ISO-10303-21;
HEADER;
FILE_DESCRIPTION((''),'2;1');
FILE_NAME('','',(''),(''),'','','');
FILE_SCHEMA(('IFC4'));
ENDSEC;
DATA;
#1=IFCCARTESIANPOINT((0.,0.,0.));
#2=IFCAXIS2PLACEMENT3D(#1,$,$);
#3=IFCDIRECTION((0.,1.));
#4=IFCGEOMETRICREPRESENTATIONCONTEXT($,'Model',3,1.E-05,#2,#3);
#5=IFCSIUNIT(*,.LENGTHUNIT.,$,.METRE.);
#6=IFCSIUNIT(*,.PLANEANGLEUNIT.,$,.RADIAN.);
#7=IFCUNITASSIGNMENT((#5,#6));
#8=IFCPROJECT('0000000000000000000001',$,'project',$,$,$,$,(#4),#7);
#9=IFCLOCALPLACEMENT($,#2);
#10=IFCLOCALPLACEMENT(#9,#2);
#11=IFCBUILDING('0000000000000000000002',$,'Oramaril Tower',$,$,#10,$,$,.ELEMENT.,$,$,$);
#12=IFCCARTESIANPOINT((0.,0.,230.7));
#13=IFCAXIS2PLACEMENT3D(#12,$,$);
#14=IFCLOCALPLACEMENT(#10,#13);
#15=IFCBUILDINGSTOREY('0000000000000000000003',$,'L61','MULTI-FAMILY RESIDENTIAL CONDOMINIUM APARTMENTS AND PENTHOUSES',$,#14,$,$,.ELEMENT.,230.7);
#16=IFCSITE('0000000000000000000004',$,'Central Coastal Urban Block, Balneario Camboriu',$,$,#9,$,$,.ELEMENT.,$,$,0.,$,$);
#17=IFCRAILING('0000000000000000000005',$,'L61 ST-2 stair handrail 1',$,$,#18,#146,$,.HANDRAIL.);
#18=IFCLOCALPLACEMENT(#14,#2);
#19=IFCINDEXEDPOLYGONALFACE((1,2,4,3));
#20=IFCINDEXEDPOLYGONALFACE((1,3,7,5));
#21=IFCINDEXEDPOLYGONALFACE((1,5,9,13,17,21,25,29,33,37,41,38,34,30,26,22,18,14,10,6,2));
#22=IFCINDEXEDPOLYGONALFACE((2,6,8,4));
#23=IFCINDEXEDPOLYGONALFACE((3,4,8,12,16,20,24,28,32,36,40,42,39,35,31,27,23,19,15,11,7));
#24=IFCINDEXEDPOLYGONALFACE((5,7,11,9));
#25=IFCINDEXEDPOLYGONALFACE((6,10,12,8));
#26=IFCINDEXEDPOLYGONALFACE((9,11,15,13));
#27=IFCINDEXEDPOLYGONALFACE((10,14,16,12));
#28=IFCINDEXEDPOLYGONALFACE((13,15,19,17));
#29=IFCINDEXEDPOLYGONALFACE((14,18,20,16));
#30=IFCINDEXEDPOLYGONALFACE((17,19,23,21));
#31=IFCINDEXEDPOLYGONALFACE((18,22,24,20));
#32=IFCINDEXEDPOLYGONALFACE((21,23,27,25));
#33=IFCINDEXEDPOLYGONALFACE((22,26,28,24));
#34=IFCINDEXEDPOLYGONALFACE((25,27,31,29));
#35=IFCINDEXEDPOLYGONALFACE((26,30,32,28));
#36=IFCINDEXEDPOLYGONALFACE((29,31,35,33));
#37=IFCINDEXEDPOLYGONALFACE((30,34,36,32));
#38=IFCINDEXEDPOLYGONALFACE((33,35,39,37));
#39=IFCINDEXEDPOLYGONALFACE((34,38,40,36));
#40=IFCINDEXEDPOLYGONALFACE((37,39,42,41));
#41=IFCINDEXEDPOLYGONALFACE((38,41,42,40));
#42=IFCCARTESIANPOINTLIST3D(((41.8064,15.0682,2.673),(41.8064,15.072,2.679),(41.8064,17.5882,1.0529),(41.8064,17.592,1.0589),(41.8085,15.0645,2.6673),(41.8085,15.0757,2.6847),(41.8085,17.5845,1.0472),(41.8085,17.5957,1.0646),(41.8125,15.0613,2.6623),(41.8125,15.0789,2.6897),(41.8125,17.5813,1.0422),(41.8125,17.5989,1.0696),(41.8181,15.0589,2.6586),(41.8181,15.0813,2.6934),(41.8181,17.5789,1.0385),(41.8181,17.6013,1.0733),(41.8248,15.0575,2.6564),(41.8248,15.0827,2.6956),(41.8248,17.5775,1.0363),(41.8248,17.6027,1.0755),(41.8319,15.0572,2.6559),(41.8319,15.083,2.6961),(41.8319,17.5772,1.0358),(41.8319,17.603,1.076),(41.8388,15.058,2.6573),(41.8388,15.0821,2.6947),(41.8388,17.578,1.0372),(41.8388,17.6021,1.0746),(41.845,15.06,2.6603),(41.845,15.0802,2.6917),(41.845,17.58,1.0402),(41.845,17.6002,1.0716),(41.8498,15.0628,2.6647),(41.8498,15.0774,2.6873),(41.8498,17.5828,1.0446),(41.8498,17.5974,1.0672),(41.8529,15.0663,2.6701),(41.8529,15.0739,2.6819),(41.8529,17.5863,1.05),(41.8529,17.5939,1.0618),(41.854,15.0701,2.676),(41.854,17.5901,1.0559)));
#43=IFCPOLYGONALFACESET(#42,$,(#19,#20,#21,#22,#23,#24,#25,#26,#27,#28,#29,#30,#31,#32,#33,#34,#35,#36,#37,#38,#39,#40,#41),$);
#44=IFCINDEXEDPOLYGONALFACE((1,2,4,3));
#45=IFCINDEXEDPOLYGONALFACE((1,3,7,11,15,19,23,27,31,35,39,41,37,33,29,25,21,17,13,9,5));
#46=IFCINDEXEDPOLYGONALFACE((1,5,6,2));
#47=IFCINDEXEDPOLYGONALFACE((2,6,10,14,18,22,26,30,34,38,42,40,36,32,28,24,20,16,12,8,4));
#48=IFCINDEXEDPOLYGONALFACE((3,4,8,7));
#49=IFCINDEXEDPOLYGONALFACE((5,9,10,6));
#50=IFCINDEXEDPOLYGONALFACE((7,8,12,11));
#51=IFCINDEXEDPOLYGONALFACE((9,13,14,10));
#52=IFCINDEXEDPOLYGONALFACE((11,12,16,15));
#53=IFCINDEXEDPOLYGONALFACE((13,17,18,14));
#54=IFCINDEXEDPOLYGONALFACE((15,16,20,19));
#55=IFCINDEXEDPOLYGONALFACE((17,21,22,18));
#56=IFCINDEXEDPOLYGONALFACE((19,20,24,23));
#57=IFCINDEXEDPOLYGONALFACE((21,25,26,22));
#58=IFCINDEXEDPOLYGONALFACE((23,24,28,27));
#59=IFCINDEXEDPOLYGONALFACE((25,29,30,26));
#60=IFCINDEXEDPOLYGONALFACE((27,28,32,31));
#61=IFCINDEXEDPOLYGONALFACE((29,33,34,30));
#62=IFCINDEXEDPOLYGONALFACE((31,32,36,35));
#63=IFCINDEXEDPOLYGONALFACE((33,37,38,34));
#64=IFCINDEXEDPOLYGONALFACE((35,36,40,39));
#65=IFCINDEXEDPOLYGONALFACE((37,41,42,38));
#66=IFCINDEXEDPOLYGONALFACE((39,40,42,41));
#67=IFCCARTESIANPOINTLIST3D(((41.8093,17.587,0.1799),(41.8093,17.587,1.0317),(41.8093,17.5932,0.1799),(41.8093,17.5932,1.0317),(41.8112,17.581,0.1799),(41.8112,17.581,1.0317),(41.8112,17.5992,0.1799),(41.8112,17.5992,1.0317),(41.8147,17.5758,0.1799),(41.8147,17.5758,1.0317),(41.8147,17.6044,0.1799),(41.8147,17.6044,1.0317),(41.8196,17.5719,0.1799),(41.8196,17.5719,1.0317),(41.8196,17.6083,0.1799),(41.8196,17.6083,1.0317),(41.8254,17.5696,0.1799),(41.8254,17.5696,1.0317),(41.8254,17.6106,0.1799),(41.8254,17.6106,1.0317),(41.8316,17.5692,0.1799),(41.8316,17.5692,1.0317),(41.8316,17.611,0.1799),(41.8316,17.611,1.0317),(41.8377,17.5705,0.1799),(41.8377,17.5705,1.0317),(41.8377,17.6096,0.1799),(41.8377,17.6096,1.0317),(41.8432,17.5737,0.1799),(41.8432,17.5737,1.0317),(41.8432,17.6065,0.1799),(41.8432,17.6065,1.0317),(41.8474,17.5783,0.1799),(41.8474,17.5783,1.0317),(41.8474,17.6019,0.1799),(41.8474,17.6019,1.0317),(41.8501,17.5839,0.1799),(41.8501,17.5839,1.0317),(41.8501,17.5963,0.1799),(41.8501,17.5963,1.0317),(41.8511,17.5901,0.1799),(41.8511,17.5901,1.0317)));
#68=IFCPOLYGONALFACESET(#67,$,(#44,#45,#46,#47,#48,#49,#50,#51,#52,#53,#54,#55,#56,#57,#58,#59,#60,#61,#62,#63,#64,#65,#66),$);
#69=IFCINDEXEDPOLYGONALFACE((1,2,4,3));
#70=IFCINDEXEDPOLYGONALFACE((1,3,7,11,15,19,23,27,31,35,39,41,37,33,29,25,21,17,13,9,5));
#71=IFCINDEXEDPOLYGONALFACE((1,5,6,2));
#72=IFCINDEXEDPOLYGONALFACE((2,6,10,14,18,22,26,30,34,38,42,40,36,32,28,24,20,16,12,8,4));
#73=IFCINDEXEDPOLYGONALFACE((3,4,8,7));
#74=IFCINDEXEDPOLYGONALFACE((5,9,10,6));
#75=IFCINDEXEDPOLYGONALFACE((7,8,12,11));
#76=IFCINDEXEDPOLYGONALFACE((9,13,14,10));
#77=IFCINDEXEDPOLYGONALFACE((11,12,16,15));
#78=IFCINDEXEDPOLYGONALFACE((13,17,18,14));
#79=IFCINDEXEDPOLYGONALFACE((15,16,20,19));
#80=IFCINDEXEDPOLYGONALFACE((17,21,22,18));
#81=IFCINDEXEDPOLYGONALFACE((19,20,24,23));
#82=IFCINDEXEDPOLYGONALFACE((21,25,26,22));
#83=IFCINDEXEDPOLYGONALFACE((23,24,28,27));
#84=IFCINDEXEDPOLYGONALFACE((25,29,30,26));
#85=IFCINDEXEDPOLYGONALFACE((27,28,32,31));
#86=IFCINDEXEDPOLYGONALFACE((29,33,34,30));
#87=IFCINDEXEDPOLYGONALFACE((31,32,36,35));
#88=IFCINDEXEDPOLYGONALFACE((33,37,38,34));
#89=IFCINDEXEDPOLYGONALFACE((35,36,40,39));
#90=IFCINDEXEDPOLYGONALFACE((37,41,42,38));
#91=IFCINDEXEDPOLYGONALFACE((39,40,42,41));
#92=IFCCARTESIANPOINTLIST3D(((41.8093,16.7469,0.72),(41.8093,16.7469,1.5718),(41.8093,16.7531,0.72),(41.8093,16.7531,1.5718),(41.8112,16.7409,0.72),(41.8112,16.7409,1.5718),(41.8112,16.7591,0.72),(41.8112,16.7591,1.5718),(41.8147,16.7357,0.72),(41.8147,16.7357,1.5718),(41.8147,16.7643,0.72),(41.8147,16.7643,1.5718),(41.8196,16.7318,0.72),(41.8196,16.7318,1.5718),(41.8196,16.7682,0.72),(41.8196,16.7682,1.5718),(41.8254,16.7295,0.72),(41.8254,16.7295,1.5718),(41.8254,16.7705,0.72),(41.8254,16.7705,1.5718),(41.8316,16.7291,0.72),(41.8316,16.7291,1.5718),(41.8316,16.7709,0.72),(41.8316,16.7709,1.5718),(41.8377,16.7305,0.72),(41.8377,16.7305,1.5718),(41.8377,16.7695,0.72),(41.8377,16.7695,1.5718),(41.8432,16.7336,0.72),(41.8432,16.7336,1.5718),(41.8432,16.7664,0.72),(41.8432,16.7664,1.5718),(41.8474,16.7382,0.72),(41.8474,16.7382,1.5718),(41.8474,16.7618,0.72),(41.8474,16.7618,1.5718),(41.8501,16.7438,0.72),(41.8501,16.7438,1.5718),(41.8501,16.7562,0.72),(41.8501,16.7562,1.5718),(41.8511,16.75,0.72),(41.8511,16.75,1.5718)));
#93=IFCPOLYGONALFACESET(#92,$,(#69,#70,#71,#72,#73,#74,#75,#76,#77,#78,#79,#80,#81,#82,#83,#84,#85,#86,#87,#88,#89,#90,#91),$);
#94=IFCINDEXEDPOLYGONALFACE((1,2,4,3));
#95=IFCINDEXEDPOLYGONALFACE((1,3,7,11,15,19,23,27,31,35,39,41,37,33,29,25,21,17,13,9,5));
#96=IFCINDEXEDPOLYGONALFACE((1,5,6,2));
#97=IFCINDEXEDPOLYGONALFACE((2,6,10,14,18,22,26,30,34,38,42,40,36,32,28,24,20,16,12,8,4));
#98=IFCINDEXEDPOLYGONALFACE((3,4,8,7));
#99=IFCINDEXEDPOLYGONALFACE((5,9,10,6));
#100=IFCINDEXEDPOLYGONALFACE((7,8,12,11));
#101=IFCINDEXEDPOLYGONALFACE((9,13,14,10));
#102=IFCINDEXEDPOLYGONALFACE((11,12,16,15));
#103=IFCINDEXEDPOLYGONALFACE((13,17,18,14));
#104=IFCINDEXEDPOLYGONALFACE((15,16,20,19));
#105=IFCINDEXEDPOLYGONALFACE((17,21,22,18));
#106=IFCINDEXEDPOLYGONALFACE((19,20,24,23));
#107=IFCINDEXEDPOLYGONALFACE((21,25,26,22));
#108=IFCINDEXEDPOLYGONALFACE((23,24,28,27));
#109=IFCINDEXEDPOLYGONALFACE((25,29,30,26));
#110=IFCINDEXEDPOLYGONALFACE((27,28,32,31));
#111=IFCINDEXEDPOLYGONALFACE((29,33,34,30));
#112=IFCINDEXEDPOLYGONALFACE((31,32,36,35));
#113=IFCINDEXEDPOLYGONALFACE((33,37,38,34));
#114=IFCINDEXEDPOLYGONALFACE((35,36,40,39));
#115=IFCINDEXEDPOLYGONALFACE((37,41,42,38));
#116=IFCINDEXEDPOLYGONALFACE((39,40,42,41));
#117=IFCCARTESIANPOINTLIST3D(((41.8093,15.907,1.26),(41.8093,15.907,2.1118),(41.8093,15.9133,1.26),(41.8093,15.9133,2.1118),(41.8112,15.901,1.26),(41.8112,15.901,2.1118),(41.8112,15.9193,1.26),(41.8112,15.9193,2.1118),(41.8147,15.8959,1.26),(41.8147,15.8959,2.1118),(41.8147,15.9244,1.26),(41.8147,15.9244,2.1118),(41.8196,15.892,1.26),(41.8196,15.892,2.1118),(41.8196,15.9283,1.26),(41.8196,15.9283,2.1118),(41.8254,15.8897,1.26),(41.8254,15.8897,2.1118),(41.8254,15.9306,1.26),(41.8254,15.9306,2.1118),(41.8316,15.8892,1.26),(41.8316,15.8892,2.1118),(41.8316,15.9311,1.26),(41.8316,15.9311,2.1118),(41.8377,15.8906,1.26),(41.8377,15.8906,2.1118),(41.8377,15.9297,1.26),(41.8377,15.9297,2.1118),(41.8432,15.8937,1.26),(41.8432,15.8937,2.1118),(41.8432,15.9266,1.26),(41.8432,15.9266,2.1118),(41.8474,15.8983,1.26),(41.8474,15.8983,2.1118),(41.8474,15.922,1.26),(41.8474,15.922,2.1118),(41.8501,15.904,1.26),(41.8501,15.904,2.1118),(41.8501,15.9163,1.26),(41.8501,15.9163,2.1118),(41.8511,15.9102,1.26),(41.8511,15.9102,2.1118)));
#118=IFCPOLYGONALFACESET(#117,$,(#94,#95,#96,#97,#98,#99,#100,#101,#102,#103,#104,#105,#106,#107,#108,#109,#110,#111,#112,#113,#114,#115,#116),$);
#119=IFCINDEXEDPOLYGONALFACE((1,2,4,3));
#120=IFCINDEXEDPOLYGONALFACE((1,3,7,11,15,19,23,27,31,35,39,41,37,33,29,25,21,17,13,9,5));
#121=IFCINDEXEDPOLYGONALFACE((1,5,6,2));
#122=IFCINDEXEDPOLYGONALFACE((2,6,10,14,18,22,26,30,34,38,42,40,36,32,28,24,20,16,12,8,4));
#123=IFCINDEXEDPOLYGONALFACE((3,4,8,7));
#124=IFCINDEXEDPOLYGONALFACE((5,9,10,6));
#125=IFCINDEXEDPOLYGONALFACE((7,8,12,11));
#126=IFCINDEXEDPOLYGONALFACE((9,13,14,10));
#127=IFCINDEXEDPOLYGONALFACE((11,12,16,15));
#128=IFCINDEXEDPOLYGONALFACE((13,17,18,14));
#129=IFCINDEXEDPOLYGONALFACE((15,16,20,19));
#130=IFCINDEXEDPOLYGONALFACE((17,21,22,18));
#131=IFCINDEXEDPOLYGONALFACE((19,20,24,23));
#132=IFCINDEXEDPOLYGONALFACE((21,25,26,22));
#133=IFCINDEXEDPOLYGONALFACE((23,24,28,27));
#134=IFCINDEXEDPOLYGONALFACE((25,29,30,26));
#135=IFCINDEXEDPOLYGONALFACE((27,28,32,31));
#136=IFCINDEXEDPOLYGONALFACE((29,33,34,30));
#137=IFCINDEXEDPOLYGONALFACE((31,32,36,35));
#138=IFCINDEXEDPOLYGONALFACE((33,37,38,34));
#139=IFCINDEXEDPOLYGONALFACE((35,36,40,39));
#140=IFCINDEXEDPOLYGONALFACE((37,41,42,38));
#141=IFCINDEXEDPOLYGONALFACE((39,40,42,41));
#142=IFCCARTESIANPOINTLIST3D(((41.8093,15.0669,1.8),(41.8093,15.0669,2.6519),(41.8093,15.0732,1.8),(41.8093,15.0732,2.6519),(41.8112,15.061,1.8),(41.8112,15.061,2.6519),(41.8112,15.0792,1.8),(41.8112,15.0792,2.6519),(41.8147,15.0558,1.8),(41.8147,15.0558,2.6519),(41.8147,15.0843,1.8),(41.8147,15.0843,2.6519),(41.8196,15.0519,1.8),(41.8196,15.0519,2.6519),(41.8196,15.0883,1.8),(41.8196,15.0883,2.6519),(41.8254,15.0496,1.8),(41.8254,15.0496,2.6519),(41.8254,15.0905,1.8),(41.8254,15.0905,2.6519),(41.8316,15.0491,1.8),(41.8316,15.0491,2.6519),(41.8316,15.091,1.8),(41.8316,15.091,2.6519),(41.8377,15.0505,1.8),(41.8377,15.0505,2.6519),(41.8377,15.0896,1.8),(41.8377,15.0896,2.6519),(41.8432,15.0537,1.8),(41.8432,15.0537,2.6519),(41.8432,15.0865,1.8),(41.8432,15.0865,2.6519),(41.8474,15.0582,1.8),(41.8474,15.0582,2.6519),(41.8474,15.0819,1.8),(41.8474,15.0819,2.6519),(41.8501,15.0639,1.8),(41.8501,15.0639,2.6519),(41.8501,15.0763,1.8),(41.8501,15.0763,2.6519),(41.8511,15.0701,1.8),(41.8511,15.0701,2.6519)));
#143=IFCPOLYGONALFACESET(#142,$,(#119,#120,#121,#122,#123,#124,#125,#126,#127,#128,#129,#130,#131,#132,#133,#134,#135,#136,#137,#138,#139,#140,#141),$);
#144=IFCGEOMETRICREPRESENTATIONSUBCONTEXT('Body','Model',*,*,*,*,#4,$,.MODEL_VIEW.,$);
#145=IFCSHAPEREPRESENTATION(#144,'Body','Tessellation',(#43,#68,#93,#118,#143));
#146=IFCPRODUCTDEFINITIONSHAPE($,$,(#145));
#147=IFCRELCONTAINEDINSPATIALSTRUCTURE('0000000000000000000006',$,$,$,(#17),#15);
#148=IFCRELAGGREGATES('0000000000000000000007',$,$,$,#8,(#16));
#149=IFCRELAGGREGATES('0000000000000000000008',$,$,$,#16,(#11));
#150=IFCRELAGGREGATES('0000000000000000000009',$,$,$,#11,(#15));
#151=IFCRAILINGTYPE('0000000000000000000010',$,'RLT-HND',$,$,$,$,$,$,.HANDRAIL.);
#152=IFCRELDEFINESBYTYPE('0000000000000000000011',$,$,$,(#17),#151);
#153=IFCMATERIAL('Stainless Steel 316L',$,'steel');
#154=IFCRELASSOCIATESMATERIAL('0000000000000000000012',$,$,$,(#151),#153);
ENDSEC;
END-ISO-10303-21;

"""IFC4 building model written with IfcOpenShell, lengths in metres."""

from ifc_helpers import new_model, si_unit, direction, frame, origin, origin_2d, place, context, subcontext, project, spatial, circle, extrude, material, type_object, element, save


model = new_model("IFC4")

# Units and contexts
model_context = context("Model", 3, precision=1e-05, world=origin(), true_north=direction((0.0, 1.0)))
body_context = subcontext(model_context, "Body", "Model", "MODEL_VIEW")
ifc_project = project(units=[si_unit("LENGTHUNIT", "METRE"), si_unit("PLANEANGLEUNIT", "RADIAN")], contexts=[model_context])

# Site, building, storey
site_placement = place(None, origin())
site = spatial("IfcSite", under=ifc_project, at=site_placement, Name="Central Coastal Urban Block, Balneario Camboriu", CompositionType="ELEMENT", RefElevation=0.0)
building_placement = place(site_placement, origin())
building = spatial("IfcBuilding", under=site, at=building_placement, Name="Oramaril Tower", CompositionType="ELEMENT")
storey_placement = place(building_placement, frame((0.0, 0.0, 230.7)))
storey = spatial("IfcBuildingStorey", under=building, at=storey_placement, Name="L61", Description="MULTI-FAMILY RESIDENTIAL CONDOMINIUM APARTMENTS AND PENTHOUSES", CompositionType="ELEMENT", Elevation=230.7)

# Railing
ifc_material_1 = material(Name="Stainless Steel 316L", Category="steel")
railing_type_1 = type_object("IfcRailingType", Name="RLT-HND", PredefinedType="HANDRAIL", material=ifc_material_1)
railing_1_placement = place(storey_placement, frame((41.8301, 17.5901, 0.1799)))
element("IfcRailing", 1, at=railing_1_placement, inside=storey, type_object=railing_type_1, Name="L61 ST-2 stair handrail 1", PredefinedType="HANDRAIL", context=body_context, shape_type="SweptSolid", body=[
    extrude(circle(Radius=0.0239, at=origin_2d()), frame((0.0, 0.0, 0.876), z_axis=(0.0, -0.841163, 0.540782), x_axis=(1.0, 0.0, 0.0)), (0.0, 0.0, 1.0), 2.9958),
    extrude(circle(Radius=0.021, at=origin_2d()), origin(), (0.0, 0.0, 1.0), 0.8518),
    extrude(circle(Radius=0.021, at=origin_2d()), frame((0.0, -0.8401, 0.54)), (0.0, 0.0, 1.0), 0.8518),
    extrude(circle(Radius=0.021, at=origin_2d()), frame((0.0, -1.6799, 1.0801)), (0.0, 0.0, 1.0), 0.8518),
    extrude(circle(Radius=0.021, at=origin_2d()), frame((0.0, -2.52, 1.6201)), (0.0, 0.0, 1.0), 0.8518),
])

save(model, "model.ifc")
